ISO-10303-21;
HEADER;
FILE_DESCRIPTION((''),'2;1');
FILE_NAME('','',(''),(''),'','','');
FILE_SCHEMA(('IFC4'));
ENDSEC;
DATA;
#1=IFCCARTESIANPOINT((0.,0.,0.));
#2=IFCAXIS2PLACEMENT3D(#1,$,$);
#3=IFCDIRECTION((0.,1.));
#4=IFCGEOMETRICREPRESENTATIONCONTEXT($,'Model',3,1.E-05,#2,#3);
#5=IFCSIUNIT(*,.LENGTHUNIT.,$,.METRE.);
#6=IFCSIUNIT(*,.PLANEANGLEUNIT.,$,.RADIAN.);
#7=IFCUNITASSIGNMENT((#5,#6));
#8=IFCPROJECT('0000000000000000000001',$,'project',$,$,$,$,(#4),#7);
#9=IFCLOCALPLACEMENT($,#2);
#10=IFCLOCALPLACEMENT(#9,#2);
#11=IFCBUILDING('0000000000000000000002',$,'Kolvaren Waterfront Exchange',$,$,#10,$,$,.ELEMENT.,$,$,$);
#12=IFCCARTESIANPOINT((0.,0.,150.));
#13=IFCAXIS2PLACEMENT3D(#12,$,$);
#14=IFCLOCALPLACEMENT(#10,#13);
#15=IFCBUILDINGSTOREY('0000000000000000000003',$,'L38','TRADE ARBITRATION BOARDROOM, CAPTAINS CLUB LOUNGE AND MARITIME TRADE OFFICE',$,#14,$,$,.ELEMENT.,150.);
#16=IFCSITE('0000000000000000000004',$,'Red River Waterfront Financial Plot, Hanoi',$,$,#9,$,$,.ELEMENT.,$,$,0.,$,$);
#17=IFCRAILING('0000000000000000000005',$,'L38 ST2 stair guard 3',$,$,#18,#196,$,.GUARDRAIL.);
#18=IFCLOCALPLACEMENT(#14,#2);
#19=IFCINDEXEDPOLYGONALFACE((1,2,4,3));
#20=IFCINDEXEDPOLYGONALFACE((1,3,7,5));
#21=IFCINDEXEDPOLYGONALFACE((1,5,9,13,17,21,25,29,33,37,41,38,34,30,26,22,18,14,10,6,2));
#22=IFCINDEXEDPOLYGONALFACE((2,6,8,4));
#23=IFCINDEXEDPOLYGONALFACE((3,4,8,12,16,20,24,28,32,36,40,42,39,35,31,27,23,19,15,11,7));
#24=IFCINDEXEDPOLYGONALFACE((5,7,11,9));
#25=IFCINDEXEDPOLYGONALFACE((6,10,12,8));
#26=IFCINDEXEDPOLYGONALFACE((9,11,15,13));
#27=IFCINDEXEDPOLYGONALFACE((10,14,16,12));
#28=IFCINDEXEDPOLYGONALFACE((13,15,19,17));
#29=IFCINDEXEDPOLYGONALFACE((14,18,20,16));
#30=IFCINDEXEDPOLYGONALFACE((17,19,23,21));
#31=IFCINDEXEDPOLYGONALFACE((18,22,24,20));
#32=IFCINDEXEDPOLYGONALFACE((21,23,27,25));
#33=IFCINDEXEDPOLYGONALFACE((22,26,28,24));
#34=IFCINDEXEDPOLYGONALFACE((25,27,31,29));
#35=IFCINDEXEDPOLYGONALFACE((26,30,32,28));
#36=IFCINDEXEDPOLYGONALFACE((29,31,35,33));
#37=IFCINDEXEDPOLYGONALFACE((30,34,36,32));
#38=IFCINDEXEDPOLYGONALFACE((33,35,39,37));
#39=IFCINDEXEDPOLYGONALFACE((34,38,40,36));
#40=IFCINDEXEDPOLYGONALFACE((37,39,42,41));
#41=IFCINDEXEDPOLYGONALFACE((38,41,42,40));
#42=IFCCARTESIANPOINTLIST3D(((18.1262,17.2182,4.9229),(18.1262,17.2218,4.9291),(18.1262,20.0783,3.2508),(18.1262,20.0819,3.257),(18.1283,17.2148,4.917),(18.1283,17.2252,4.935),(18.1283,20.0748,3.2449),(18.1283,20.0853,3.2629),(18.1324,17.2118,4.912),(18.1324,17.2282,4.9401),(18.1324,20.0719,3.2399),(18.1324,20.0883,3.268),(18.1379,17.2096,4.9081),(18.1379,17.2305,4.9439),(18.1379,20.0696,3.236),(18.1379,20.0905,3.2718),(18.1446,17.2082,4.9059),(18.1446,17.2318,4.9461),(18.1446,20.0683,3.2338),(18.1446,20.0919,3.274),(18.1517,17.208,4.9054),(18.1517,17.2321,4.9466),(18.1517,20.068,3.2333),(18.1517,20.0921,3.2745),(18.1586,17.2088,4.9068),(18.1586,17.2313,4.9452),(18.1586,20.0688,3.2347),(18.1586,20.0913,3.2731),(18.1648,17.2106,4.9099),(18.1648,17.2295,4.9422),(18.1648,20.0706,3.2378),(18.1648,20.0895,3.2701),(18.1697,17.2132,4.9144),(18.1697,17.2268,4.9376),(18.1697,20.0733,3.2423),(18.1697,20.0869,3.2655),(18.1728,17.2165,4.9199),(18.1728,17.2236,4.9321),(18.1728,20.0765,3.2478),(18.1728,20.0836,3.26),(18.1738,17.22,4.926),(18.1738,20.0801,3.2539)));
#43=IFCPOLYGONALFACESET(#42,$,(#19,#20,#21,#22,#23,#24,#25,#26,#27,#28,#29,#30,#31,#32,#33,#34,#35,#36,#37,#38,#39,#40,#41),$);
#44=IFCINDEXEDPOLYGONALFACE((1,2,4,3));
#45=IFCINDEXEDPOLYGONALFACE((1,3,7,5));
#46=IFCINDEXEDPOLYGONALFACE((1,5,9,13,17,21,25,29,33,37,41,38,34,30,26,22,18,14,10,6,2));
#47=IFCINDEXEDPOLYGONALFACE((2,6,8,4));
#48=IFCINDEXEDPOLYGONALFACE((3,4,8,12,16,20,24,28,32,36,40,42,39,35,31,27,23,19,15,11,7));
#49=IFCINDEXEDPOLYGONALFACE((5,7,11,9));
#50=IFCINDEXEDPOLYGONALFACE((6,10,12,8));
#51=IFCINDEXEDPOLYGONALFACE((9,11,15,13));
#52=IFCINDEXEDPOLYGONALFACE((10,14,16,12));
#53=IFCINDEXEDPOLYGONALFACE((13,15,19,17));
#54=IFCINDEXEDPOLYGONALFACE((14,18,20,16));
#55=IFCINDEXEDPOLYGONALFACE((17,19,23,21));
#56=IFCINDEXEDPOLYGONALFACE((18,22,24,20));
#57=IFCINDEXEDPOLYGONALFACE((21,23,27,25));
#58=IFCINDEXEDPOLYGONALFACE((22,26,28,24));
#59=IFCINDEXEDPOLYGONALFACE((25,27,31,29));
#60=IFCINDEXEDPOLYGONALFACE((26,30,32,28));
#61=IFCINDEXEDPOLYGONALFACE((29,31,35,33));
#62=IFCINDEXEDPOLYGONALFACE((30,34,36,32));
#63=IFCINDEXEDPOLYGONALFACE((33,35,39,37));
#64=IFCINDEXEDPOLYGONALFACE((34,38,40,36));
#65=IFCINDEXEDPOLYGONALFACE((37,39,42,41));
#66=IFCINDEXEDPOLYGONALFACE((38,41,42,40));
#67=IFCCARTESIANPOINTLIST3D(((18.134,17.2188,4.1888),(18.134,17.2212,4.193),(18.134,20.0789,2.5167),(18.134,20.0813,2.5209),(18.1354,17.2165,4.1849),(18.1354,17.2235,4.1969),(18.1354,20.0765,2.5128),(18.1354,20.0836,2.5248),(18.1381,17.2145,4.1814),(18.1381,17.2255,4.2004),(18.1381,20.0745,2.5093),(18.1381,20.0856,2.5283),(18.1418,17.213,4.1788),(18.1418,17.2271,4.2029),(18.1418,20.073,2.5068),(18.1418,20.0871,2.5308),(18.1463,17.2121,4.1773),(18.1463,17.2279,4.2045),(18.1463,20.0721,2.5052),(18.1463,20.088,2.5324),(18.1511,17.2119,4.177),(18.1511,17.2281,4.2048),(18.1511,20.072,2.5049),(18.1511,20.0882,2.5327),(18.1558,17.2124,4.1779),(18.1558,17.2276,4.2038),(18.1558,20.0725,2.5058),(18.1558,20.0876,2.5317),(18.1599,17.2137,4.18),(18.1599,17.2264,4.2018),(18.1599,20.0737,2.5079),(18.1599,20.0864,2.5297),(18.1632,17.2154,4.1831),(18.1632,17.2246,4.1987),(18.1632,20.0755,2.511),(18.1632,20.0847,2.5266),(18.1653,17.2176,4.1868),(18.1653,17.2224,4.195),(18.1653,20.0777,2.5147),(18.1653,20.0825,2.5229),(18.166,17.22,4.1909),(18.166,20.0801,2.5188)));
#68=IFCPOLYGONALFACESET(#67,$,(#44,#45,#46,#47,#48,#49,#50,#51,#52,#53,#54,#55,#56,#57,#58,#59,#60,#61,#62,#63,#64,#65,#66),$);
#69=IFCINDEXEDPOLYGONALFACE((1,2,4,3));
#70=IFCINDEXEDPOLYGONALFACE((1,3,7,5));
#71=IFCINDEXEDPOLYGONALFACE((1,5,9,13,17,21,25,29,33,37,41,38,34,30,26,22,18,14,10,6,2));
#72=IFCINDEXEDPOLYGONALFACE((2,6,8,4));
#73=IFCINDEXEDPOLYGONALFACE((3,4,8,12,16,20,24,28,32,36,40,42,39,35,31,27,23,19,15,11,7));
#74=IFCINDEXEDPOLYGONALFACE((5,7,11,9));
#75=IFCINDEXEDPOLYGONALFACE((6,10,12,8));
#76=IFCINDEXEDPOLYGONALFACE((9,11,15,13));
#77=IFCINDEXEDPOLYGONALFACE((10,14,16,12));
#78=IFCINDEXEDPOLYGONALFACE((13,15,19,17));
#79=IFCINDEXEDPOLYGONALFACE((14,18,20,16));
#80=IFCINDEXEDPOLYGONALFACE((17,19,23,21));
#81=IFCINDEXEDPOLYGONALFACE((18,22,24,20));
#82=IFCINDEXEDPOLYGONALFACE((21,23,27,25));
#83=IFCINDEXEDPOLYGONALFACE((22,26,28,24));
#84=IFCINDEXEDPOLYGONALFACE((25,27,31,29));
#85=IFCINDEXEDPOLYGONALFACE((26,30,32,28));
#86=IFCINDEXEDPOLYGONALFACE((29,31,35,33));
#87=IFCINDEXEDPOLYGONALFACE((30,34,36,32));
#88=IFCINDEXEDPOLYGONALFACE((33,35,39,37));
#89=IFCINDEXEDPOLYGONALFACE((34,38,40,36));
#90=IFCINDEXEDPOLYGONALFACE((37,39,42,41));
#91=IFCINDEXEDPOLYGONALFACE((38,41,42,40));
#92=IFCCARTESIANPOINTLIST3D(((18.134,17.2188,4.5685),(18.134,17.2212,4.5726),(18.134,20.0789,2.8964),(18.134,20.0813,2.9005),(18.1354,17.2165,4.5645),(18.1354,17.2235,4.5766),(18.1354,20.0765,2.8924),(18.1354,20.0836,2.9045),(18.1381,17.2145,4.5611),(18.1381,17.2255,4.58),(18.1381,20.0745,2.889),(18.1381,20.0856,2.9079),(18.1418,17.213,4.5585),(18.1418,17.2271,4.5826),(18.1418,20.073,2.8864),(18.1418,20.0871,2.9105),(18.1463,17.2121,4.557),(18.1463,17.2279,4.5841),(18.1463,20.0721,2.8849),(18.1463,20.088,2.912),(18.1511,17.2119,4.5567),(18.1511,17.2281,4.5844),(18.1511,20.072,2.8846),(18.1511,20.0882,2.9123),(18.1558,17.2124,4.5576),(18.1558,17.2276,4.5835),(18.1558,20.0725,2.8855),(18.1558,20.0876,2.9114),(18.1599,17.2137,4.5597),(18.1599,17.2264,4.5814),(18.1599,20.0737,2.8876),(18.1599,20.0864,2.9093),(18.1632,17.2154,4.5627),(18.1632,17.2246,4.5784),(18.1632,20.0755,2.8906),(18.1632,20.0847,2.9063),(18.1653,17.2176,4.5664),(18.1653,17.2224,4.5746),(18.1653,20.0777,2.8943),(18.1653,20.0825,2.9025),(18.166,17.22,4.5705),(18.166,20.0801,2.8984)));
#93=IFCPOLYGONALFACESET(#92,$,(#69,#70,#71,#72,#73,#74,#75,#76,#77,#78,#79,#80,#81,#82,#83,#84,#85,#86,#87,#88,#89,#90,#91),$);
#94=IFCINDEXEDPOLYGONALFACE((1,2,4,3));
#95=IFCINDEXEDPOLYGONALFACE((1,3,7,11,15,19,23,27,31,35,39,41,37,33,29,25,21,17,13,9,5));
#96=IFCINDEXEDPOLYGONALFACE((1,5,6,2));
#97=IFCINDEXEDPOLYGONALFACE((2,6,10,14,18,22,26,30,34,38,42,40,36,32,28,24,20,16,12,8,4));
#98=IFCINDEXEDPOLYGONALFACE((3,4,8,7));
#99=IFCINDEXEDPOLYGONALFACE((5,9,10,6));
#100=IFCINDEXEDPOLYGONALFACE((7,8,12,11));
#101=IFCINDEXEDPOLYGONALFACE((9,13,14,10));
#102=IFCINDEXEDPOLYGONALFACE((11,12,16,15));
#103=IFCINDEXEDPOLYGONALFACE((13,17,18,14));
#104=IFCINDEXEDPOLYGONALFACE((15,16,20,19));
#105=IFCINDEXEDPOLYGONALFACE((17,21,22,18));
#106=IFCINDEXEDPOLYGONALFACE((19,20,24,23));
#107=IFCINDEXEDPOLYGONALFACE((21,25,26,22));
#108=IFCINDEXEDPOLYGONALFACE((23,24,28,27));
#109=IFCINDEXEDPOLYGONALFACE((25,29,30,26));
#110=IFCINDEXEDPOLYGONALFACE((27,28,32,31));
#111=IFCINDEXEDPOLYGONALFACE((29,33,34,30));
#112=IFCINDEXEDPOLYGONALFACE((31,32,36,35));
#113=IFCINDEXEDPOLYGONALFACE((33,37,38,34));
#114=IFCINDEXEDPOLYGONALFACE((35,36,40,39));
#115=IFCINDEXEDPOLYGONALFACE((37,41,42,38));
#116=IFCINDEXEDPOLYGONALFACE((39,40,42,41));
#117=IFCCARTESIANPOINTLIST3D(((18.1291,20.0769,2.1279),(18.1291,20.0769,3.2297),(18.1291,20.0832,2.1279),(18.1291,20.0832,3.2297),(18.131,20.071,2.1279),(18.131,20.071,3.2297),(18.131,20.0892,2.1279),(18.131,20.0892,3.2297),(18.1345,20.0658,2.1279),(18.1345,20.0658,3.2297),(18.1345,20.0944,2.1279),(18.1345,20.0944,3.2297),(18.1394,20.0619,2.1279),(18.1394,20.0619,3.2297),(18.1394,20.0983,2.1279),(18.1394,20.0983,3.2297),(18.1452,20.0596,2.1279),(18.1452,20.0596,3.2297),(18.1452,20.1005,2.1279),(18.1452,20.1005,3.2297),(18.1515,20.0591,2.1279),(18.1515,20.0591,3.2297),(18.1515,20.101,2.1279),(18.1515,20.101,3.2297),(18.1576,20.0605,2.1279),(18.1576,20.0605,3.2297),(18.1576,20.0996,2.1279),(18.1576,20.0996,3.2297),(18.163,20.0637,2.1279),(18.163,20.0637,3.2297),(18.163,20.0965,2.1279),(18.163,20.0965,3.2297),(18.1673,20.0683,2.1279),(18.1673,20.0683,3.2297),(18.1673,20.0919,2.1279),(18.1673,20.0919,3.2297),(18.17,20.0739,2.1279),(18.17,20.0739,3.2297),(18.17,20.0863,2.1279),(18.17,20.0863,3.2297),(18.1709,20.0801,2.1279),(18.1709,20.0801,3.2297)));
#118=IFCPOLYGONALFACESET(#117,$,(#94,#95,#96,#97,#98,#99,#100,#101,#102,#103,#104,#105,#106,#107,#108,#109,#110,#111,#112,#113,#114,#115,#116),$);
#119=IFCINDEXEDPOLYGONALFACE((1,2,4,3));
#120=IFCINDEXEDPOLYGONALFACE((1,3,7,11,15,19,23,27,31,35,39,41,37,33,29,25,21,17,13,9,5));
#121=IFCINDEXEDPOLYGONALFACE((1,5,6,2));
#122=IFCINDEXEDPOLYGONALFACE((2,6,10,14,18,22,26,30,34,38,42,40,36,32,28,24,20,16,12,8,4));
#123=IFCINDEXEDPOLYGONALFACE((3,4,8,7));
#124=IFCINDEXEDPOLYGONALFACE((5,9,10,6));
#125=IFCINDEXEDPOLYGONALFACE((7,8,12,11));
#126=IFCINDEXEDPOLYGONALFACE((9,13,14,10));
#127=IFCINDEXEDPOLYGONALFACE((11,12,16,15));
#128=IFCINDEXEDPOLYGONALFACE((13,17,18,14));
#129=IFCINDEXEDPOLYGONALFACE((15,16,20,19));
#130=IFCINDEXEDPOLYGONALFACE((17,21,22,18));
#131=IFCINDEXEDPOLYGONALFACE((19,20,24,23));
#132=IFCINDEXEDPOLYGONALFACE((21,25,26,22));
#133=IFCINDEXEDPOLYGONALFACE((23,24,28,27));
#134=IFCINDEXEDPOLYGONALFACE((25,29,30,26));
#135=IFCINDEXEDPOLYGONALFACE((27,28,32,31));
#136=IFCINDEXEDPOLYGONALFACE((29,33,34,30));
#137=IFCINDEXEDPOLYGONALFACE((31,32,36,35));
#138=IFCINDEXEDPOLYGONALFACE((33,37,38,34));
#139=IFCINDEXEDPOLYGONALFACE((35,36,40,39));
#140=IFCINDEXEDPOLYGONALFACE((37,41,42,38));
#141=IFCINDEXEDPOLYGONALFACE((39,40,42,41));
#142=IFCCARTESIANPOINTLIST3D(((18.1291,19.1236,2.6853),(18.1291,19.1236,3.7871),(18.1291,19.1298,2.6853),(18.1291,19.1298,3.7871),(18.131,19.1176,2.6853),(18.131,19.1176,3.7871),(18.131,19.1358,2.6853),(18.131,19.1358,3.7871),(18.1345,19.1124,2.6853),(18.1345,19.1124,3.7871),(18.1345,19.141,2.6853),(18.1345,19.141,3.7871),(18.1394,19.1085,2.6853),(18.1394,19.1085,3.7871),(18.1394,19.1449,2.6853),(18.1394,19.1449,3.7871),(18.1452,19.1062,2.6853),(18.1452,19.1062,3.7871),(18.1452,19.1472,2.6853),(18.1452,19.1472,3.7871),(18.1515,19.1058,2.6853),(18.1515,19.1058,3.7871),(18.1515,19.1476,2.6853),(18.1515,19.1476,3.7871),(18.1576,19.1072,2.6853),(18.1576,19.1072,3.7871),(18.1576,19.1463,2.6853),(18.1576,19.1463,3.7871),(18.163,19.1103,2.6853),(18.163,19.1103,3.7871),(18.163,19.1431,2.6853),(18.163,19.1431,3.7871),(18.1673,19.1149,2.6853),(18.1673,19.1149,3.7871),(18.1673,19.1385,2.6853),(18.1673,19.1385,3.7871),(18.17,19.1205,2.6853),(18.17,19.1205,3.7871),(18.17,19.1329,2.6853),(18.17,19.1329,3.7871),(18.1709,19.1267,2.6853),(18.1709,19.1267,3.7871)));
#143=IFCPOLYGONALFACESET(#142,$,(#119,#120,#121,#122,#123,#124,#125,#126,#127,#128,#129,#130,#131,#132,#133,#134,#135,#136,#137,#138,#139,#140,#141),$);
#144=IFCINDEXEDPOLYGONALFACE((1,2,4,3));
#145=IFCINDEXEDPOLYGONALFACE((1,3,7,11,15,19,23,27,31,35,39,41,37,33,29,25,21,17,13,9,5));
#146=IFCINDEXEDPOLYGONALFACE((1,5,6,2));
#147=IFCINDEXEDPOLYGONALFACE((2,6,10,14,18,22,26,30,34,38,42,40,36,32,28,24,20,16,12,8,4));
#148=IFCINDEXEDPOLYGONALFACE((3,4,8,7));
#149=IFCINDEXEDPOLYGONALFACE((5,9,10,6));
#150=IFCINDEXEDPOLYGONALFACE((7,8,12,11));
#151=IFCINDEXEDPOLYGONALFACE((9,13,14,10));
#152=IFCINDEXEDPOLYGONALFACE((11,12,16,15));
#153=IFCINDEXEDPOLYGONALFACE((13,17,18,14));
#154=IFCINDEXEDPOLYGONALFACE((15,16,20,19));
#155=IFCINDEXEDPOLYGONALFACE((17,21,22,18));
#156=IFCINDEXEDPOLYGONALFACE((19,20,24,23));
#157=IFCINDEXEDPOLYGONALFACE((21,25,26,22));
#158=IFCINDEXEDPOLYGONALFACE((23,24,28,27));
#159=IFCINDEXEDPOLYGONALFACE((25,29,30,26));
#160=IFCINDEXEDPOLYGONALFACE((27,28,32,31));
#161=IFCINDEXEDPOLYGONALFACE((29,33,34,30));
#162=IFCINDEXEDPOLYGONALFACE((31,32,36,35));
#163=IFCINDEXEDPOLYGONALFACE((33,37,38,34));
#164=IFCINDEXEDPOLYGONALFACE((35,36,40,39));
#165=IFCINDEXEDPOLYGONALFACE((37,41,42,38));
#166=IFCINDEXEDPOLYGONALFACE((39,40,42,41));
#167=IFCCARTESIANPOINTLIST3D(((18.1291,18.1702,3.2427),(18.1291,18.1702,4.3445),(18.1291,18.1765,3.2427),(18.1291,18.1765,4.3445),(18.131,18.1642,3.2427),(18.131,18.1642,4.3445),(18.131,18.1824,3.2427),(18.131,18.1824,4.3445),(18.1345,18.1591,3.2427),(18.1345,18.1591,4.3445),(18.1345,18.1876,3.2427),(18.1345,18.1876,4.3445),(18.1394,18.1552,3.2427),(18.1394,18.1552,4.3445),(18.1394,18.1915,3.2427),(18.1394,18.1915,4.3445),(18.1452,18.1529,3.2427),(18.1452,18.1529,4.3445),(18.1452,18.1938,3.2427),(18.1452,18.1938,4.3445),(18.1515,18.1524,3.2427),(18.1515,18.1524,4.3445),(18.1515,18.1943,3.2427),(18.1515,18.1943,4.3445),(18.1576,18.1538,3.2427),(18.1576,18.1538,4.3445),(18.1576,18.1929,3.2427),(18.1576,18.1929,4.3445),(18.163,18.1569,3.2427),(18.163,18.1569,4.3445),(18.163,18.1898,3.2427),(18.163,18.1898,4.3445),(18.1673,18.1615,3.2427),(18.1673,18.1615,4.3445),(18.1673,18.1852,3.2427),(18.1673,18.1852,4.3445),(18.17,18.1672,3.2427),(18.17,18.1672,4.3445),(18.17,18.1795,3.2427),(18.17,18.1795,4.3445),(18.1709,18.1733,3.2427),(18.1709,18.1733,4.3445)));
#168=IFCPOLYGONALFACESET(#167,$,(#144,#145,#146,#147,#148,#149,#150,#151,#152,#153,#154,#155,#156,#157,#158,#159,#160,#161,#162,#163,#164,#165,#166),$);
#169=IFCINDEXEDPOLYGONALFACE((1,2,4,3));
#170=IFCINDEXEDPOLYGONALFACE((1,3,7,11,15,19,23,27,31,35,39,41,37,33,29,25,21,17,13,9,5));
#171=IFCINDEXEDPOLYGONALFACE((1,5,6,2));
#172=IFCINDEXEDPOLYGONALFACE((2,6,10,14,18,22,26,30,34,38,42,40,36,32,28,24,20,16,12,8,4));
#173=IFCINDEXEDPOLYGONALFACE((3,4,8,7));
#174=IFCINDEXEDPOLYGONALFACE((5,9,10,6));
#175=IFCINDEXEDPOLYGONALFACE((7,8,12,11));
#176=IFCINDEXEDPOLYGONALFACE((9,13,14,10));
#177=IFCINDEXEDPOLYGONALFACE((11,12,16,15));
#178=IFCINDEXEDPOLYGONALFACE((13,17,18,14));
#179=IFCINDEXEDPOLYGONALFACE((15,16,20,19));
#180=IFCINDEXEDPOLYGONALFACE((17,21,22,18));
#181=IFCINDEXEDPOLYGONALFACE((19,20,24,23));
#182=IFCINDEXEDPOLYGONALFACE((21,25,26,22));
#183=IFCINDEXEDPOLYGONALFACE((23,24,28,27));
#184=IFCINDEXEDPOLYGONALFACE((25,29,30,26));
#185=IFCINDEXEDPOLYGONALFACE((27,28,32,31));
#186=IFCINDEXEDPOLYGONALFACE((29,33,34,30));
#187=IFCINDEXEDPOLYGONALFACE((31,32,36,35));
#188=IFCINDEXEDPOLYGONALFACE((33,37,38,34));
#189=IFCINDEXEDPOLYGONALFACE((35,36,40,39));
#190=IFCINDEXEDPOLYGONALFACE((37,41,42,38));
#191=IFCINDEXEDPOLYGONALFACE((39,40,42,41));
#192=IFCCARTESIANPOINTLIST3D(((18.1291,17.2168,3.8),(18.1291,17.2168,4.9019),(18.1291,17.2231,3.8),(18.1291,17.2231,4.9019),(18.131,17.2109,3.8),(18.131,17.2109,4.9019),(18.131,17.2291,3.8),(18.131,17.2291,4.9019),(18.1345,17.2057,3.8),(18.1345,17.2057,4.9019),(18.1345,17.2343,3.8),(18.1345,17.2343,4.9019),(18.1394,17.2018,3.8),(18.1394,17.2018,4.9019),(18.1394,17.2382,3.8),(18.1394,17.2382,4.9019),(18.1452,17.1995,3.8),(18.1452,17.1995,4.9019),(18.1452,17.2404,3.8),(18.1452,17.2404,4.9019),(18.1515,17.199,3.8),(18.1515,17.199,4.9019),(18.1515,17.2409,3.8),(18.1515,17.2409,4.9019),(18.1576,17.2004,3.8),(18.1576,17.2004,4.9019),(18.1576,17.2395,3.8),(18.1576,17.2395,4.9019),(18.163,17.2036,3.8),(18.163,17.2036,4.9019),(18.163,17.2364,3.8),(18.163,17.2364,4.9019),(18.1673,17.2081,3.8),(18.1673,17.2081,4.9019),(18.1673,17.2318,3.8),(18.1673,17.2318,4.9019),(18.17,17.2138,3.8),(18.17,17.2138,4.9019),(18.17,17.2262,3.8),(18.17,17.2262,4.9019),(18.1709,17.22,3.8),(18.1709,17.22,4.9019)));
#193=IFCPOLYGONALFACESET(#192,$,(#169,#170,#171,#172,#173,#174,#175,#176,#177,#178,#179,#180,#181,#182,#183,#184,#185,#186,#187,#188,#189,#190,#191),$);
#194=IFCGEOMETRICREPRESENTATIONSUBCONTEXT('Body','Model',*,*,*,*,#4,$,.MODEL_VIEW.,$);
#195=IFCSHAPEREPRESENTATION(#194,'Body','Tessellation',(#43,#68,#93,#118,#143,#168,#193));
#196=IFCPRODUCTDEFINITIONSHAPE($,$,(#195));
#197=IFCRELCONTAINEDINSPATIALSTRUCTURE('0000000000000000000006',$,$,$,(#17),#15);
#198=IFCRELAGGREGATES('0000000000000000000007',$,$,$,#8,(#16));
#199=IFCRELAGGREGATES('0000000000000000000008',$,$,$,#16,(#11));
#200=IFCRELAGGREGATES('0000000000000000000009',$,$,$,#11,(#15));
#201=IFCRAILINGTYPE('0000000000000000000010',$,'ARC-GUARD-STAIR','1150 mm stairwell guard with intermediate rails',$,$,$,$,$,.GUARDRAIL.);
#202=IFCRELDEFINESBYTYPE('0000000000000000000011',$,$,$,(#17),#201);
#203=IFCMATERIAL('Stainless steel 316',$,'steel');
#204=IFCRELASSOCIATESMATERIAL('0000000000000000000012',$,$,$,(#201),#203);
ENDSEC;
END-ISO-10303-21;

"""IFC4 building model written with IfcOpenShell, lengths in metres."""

from ifc_helpers import new_model, si_unit, direction, frame, origin, origin_2d, place, context, subcontext, project, spatial, circle, extrude, material, type_object, element, save


model = new_model("IFC4")

# Units and contexts
model_context = context("Model", 3, precision=1e-05, world=origin(), true_north=direction((0.0, 1.0)))
body_context = subcontext(model_context, "Body", "Model", "MODEL_VIEW")
ifc_project = project(units=[si_unit("LENGTHUNIT", "METRE"), si_unit("PLANEANGLEUNIT", "RADIAN")], contexts=[model_context])

# Site, building, storey
site_placement = place(None, origin())
site = spatial("IfcSite", under=ifc_project, at=site_placement, Name="Red River Waterfront Financial Plot, Hanoi", CompositionType="ELEMENT", RefElevation=0.0)
building_placement = place(site_placement, origin())
building = spatial("IfcBuilding", under=site, at=building_placement, Name="Kolvaren Waterfront Exchange", CompositionType="ELEMENT")
storey_placement = place(building_placement, frame((0.0, 0.0, 150.0)))
storey = spatial("IfcBuildingStorey", under=building, at=storey_placement, Name="L38", Description="TRADE ARBITRATION BOARDROOM, CAPTAINS CLUB LOUNGE AND MARITIME TRADE OFFICE", CompositionType="ELEMENT", Elevation=150.0)

# Railing
ifc_material_1 = material(Name="Stainless steel 316", Category="steel")
railing_type = type_object("IfcRailingType", Name="ARC-GUARD-STAIR", Description="1150 mm stairwell guard with intermediate rails", PredefinedType="GUARDRAIL", material=ifc_material_1)
railing_1_placement = place(storey_placement, frame((18.1499, 20.0801, 2.1279)))
element("IfcRailing", 1, at=railing_1_placement, inside=storey, type_object=railing_type, Name="L38 ST2 stair guard 3", PredefinedType="GUARDRAIL", context=body_context, shape_type="SweptSolid", body=[
    extrude(circle(Radius=0.0239, at=origin_2d()), frame((0.0, 0.0, 1.126), z_axis=(0.0, -0.863289, 0.504709), x_axis=(1.0, 0.0, 0.0)), (0.0, 0.0, 1.0), 3.313),
    extrude(circle(Radius=0.0161, at=origin_2d()), frame((0.0, 0.0, 0.3909), z_axis=(0.0, -0.863289, 0.504709), x_axis=(1.0, 0.0, 0.0)), (0.0, 0.0, 1.0), 3.313),
    extrude(circle(Radius=0.0161, at=origin_2d()), frame((0.0, 0.0, 0.7705), z_axis=(0.0, -0.863289, 0.504709), x_axis=(1.0, 0.0, 0.0)), (0.0, 0.0, 1.0), 3.313),
    extrude(circle(Radius=0.021, at=origin_2d()), origin(), (0.0, 0.0, 1.0), 1.1018),
    extrude(circle(Radius=0.021, at=origin_2d()), frame((0.0, -0.9534, 0.5574)), (0.0, 0.0, 1.0), 1.1018),
    extrude(circle(Radius=0.021, at=origin_2d()), frame((0.0, -1.9067, 1.1147)), (0.0, 0.0, 1.0), 1.1018),
    extrude(circle(Radius=0.021, at=origin_2d()), frame((0.0, -2.8601, 1.6721)), (0.0, 0.0, 1.0), 1.1018),
])

save(model, "model.ifc")
